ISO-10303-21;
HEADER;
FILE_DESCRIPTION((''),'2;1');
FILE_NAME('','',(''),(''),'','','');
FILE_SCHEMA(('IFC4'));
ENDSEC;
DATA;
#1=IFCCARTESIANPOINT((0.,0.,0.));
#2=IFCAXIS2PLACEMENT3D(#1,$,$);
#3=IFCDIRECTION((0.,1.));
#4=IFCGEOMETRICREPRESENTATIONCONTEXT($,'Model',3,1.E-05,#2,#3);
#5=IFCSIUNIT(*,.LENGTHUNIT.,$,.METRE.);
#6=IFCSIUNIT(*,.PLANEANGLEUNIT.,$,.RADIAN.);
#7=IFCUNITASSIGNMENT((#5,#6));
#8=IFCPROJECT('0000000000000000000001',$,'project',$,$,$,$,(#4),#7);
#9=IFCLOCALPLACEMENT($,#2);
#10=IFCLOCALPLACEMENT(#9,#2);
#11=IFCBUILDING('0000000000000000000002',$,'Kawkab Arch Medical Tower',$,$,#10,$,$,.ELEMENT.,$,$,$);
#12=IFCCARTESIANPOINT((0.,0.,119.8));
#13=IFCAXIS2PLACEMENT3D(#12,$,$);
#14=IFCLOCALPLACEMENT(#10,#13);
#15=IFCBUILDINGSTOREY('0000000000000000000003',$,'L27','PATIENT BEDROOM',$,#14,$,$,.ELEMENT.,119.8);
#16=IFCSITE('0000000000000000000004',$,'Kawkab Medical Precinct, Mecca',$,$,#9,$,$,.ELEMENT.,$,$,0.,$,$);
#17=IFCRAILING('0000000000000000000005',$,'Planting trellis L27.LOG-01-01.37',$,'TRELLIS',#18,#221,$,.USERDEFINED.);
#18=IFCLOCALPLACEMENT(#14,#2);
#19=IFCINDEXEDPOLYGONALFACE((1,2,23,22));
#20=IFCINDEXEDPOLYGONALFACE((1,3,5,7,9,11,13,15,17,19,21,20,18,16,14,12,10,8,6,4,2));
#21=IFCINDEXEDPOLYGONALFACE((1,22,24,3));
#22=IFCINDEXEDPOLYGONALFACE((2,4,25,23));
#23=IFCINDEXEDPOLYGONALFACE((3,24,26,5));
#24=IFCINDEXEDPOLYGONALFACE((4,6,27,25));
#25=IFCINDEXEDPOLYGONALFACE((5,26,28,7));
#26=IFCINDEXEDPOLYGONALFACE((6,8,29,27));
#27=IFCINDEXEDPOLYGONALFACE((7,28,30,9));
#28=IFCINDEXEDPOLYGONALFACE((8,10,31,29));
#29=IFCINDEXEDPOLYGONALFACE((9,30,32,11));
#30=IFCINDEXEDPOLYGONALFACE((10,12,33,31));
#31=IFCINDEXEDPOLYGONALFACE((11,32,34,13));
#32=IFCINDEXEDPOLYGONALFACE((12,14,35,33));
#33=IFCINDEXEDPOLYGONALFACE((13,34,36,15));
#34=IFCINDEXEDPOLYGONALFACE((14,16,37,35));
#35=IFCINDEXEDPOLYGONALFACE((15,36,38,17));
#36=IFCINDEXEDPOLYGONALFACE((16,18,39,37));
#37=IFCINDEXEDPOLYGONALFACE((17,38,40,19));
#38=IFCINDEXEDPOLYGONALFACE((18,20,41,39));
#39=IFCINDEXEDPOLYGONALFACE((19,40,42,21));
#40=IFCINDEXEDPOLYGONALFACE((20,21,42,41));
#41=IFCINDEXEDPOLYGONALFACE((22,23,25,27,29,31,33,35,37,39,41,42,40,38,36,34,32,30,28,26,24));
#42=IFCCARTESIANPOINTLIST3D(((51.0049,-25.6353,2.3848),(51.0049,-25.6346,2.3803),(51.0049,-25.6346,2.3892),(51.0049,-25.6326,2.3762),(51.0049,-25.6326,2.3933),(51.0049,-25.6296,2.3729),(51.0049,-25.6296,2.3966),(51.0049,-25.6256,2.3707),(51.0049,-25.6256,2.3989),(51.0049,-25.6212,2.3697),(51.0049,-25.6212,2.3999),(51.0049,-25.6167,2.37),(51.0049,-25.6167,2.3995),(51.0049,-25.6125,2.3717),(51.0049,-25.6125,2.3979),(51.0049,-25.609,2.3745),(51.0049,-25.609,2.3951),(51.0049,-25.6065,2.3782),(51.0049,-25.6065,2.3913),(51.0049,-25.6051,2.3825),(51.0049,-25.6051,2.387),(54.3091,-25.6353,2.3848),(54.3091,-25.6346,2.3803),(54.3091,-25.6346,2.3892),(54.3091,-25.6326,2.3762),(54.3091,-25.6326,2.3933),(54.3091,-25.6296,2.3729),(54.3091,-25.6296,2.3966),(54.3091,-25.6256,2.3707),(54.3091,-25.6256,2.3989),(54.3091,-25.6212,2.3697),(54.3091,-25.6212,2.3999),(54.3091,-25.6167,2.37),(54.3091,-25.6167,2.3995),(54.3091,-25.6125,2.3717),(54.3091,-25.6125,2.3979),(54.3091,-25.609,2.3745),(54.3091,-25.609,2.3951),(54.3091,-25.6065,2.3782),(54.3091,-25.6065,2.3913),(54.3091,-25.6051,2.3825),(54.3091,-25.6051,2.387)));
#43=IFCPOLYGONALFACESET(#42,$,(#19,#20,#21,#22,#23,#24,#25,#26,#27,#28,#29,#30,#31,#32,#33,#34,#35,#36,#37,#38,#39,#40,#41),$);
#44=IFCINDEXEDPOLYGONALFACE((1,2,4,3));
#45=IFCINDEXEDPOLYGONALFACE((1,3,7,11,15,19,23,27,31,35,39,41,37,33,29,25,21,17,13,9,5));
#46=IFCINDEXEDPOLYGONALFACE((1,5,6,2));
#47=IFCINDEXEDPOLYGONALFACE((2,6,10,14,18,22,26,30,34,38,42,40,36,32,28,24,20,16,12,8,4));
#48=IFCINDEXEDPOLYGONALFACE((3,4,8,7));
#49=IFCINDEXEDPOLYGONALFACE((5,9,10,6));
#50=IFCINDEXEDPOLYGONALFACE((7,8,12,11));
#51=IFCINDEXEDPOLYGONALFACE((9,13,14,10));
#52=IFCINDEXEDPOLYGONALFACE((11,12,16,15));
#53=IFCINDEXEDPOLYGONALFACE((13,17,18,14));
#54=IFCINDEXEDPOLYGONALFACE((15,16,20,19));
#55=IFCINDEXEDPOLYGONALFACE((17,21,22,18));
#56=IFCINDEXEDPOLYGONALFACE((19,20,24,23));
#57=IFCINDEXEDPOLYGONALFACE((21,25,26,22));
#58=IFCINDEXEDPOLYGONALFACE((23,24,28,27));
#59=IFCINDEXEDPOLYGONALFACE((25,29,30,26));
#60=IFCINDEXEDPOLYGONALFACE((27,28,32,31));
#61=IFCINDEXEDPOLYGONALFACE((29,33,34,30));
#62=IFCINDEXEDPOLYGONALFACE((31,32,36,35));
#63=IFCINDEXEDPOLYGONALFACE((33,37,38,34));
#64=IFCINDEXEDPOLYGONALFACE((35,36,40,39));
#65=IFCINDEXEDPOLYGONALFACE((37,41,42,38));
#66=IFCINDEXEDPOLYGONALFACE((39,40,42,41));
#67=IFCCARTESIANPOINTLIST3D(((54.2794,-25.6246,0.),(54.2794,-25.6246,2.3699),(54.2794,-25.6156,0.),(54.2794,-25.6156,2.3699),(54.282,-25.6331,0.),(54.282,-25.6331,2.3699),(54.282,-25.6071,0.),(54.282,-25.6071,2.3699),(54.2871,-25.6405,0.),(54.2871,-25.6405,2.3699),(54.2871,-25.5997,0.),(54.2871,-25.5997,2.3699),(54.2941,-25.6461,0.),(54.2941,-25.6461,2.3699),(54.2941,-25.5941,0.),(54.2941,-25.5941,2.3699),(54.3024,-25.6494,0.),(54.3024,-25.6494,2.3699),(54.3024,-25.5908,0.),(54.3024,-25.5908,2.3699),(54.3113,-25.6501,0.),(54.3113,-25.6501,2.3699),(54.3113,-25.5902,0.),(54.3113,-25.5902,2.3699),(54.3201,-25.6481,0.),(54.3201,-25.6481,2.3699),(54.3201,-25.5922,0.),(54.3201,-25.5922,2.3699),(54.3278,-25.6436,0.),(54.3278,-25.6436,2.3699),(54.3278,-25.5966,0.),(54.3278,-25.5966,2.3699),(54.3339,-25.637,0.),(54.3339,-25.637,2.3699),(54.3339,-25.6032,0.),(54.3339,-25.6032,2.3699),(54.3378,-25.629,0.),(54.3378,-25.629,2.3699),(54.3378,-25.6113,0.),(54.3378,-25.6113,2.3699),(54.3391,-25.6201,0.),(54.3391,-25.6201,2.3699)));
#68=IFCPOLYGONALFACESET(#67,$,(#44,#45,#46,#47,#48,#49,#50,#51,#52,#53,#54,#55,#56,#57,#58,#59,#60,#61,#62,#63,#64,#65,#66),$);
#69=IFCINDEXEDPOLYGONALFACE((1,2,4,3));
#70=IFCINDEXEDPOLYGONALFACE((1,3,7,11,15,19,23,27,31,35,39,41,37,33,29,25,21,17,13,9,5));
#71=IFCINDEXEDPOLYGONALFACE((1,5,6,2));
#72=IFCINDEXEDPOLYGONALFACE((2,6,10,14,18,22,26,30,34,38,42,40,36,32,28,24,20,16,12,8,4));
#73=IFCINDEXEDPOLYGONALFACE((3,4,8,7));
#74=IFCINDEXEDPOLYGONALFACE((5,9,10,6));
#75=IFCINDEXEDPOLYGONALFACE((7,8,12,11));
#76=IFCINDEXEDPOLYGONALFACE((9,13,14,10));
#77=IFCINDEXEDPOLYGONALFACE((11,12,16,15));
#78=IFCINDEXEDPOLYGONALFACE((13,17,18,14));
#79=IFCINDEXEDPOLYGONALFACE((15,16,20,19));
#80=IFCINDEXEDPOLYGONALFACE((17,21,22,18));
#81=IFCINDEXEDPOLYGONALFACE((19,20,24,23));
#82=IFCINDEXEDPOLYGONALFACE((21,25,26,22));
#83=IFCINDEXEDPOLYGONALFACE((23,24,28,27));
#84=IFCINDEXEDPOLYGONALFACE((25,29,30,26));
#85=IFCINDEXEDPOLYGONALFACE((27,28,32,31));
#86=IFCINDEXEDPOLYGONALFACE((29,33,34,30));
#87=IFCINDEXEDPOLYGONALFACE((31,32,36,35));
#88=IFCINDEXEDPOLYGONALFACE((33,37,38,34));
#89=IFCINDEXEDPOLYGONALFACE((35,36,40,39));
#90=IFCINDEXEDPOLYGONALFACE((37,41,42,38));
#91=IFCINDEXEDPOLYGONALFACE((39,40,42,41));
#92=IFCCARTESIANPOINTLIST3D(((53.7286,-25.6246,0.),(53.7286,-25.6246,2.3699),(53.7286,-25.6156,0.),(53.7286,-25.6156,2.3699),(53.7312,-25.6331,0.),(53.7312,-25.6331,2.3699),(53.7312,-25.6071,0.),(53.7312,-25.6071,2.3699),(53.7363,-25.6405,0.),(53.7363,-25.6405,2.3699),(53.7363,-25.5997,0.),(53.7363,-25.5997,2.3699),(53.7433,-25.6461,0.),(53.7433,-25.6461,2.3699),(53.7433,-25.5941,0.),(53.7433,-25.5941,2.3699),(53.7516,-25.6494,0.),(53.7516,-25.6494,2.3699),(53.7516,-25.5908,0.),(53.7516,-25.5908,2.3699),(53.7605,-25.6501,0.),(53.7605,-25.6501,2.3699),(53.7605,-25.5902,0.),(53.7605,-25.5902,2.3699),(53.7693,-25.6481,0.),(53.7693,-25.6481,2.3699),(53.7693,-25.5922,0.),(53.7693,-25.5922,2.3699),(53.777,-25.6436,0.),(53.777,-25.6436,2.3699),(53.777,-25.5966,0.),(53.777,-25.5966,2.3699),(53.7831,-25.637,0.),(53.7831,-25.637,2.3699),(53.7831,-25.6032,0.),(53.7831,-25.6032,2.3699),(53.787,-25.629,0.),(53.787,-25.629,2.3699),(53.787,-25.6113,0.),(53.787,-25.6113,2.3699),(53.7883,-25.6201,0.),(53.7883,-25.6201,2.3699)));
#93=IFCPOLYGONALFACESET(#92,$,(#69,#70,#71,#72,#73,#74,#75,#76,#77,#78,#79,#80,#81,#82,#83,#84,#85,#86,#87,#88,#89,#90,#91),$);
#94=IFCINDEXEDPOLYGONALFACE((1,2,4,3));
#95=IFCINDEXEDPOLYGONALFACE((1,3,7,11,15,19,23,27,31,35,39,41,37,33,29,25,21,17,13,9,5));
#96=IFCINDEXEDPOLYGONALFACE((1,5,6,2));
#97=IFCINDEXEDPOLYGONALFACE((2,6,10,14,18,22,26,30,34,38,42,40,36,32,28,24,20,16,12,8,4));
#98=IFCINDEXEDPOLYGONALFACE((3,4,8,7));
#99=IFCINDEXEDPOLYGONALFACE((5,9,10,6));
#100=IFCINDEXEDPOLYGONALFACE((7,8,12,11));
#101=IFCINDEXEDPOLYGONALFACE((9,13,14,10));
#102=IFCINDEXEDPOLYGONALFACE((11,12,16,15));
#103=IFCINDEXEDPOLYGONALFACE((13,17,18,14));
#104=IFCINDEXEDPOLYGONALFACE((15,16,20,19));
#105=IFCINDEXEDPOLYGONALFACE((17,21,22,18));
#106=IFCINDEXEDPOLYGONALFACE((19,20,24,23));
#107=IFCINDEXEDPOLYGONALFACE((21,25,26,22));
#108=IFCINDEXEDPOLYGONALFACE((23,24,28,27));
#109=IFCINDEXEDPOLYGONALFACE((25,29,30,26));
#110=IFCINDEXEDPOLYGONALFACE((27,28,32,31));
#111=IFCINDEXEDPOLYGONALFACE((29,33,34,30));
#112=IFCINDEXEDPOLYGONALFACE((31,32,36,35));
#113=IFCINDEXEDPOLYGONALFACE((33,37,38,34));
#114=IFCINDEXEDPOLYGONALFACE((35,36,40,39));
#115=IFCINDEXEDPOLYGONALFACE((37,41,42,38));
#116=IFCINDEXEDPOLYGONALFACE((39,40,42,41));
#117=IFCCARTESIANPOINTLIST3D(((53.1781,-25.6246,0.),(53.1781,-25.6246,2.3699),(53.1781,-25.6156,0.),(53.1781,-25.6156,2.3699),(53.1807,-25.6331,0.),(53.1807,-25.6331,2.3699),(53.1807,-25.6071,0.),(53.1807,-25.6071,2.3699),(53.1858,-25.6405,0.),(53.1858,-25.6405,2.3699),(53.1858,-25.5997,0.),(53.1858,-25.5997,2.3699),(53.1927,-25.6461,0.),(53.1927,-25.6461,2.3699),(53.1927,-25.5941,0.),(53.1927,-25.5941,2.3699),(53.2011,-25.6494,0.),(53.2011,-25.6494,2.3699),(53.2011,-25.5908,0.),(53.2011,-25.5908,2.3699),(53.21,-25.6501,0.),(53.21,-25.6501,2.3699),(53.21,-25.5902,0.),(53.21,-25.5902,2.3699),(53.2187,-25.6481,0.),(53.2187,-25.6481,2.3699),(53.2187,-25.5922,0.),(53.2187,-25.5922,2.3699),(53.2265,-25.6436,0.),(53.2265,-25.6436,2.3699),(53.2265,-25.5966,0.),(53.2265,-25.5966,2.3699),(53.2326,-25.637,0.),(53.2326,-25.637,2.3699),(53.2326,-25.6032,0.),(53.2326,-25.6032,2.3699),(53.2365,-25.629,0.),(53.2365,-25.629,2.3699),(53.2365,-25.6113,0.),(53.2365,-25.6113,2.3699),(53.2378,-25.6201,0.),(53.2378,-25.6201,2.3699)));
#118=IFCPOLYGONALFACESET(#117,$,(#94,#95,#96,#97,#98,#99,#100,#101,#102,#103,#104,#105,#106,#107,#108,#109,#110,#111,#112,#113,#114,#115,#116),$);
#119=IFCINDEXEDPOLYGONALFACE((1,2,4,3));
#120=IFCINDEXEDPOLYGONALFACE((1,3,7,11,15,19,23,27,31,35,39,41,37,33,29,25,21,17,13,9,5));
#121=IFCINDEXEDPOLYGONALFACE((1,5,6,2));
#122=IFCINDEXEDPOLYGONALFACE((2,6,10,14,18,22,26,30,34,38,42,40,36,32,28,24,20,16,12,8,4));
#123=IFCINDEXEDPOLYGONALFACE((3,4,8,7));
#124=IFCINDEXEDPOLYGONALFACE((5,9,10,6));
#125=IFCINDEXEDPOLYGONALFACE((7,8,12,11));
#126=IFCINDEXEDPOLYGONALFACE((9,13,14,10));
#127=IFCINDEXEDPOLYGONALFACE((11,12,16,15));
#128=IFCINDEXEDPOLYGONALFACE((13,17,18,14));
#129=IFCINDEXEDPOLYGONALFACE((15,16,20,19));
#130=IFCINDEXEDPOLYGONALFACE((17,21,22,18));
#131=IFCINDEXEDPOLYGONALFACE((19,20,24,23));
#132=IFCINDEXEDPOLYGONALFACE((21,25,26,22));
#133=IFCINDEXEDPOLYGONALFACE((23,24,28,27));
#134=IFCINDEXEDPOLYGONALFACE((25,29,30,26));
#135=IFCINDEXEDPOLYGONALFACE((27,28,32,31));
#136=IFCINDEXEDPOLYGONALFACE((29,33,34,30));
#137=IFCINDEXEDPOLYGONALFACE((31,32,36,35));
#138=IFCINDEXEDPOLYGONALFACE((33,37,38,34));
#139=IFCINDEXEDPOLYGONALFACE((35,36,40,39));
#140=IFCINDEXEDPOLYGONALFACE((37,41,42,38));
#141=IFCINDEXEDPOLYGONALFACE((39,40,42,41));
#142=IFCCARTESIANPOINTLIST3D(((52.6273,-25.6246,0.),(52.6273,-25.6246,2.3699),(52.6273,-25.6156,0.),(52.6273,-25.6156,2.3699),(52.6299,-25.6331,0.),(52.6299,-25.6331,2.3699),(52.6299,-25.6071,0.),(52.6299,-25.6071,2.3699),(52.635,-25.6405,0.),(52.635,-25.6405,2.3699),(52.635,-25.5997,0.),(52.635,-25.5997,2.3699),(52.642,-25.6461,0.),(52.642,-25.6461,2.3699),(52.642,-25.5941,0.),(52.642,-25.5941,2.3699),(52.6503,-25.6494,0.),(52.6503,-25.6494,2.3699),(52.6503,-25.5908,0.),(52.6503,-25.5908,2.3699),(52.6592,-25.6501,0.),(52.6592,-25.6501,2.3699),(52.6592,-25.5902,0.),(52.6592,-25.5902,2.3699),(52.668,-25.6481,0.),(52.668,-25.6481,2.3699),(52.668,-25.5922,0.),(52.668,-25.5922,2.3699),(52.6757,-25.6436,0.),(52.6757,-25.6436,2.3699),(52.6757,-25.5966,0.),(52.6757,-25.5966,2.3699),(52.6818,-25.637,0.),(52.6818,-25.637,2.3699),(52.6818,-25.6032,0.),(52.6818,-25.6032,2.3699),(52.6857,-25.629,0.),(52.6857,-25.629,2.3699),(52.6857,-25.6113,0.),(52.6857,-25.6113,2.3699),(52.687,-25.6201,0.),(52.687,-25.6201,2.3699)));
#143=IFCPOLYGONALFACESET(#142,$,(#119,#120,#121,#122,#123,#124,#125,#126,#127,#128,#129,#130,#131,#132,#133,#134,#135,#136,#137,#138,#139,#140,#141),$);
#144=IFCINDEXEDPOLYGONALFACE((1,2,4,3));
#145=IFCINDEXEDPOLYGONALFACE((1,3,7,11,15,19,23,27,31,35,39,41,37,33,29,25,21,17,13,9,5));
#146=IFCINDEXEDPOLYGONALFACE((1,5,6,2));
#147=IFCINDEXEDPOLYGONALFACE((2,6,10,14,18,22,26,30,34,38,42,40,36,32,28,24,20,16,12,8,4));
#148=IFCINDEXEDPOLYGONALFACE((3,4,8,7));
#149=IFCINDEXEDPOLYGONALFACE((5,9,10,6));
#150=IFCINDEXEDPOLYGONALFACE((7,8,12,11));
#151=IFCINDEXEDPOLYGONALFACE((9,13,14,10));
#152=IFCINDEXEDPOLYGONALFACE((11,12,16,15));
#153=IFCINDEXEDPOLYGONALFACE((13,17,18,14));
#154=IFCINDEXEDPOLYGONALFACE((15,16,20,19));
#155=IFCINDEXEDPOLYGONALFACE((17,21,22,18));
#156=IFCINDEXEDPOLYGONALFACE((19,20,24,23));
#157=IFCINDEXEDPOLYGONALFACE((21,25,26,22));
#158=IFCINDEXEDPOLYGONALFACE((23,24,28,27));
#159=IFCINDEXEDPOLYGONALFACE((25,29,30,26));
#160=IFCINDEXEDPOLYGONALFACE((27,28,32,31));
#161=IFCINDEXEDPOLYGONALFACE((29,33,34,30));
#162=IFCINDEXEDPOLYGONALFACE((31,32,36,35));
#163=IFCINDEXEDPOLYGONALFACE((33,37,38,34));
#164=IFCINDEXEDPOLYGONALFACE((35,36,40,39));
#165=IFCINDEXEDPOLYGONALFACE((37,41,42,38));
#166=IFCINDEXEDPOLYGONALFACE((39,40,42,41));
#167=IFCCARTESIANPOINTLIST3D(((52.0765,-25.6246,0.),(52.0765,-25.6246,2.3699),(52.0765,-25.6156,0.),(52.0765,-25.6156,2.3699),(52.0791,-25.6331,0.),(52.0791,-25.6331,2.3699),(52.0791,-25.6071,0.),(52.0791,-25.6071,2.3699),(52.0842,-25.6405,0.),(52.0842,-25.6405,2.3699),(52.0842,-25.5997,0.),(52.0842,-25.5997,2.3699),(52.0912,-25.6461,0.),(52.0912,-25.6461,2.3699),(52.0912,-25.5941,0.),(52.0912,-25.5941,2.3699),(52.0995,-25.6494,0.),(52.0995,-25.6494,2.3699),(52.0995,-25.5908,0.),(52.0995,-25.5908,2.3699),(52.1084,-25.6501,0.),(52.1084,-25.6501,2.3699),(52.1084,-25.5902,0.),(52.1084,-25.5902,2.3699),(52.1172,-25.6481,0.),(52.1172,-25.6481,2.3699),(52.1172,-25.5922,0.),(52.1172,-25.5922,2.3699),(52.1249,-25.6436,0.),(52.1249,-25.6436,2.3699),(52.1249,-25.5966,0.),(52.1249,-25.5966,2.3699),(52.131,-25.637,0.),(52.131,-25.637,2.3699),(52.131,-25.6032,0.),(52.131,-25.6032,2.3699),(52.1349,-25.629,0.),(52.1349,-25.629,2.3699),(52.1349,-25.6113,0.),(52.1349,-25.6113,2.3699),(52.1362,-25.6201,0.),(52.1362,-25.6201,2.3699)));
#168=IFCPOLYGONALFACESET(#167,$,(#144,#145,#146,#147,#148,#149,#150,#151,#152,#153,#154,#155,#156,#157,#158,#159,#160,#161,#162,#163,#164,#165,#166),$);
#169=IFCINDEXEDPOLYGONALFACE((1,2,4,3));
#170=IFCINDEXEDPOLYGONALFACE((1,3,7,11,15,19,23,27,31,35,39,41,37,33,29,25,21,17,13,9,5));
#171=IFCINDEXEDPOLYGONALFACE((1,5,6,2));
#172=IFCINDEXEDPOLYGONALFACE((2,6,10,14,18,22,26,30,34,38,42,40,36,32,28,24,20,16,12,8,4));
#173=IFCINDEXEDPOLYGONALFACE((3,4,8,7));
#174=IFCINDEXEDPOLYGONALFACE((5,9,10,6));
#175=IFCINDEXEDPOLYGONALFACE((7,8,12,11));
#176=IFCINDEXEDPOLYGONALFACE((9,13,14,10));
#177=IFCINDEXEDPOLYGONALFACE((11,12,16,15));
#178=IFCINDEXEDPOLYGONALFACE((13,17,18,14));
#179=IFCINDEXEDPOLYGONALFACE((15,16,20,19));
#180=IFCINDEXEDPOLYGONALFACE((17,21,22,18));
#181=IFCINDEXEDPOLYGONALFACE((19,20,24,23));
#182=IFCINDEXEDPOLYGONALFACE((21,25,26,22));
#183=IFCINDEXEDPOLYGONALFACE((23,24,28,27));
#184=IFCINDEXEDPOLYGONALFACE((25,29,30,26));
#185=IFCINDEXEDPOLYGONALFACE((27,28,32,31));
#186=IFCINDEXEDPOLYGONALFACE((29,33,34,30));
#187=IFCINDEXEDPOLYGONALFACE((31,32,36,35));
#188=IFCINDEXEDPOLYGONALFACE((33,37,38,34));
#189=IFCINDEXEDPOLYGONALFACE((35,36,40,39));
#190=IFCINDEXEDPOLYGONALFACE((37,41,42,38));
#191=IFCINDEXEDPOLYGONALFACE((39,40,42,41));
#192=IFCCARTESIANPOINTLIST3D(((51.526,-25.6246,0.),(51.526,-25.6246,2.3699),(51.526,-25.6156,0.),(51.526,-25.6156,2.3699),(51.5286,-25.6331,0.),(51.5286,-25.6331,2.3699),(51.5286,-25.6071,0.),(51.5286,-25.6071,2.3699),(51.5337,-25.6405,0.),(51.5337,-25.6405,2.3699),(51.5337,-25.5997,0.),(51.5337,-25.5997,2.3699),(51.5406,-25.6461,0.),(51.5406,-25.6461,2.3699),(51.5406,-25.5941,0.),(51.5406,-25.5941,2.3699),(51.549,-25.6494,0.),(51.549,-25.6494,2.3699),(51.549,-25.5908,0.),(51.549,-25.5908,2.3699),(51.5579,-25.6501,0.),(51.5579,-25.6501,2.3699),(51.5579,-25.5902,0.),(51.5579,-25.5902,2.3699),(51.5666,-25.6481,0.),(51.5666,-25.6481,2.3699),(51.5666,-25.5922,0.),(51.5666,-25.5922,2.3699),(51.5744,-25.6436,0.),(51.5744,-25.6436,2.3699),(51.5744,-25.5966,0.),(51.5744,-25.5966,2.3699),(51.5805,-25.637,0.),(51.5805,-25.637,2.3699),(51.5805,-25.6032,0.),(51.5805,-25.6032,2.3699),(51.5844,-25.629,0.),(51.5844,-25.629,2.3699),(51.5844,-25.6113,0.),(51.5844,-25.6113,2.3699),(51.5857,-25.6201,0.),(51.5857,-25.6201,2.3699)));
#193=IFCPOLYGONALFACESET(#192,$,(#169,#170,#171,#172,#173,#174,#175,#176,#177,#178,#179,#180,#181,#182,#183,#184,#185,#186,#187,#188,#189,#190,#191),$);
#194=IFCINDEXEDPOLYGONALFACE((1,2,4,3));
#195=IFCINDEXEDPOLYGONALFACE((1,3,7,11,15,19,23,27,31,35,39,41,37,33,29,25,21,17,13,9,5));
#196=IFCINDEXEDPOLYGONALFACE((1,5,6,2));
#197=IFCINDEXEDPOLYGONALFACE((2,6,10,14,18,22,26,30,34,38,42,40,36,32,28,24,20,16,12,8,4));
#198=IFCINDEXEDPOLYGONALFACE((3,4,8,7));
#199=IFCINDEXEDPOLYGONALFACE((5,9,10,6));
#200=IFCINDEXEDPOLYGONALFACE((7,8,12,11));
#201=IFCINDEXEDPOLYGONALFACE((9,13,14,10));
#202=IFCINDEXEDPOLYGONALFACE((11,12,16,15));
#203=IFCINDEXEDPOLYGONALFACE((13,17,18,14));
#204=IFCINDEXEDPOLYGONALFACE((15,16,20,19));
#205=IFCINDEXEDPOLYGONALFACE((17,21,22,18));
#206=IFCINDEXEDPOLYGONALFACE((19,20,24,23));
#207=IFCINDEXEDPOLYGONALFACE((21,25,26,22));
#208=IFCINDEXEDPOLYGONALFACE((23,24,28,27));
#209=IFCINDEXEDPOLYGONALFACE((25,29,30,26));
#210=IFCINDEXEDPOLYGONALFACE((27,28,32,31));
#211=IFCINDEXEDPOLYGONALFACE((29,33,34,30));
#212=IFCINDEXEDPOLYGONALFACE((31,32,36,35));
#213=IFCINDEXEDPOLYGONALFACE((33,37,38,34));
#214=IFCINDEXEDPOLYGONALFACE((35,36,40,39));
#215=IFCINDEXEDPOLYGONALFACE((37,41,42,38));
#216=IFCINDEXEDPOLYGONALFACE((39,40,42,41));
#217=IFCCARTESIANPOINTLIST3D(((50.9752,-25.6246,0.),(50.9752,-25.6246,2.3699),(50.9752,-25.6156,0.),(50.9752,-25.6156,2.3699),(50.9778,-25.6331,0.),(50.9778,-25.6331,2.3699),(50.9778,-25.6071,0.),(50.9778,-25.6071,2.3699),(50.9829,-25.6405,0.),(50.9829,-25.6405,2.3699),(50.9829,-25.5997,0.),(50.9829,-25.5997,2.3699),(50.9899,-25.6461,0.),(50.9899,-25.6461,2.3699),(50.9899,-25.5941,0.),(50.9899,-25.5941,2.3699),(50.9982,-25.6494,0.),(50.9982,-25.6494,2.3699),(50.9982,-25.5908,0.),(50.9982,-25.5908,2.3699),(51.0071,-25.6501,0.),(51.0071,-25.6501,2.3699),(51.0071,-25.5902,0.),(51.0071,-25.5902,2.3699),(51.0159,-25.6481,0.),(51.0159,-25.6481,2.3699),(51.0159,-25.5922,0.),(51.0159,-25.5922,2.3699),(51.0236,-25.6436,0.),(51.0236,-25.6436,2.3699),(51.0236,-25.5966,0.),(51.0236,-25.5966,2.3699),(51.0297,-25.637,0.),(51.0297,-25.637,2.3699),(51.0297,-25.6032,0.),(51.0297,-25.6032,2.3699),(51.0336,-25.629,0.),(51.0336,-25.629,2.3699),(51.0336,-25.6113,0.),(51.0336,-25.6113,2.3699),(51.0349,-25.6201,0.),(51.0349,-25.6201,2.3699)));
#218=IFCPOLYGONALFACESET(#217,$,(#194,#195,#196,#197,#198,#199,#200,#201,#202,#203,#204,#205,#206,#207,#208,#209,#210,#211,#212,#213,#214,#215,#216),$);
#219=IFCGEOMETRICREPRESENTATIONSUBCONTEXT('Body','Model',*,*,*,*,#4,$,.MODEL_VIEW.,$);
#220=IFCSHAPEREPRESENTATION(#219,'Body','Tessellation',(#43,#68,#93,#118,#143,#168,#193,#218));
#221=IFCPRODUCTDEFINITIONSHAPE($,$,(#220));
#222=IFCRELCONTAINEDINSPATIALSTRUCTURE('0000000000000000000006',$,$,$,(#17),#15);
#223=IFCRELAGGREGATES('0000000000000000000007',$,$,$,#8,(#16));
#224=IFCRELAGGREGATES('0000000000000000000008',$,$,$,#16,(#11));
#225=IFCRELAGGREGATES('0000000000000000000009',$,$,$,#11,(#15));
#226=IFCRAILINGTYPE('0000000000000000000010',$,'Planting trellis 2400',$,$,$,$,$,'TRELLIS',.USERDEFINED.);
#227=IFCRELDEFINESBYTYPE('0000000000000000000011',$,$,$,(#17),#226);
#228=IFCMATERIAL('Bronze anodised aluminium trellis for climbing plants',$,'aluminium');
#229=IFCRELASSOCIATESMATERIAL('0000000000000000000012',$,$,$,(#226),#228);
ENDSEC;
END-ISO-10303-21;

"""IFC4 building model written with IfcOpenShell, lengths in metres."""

from ifc_helpers import new_model, si_unit, direction, frame, origin, origin_2d, place, context, subcontext, project, spatial, circle, extrude, material, type_object, element, save


model = new_model("IFC4")

# Units and contexts
model_context = context("Model", 3, precision=1e-05, world=origin(), true_north=direction((0.0, 1.0)))
body_context = subcontext(model_context, "Body", "Model", "MODEL_VIEW")
ifc_project = project(units=[si_unit("LENGTHUNIT", "METRE"), si_unit("PLANEANGLEUNIT", "RADIAN")], contexts=[model_context])

# Site, building, storey
site_placement = place(None, origin())
site = spatial("IfcSite", under=ifc_project, at=site_placement, Name="Kawkab Medical Precinct, Mecca", CompositionType="ELEMENT", RefElevation=0.0)
building_placement = place(site_placement, origin())
building = spatial("IfcBuilding", under=site, at=building_placement, Name="Kawkab Arch Medical Tower", CompositionType="ELEMENT")
storey_placement = place(building_placement, frame((0.0, 0.0, 119.8)))
storey = spatial("IfcBuildingStorey", under=building, at=storey_placement, Name="L27", Description="PATIENT BEDROOM", CompositionType="ELEMENT", Elevation=119.8)

# Railing
ifc_material_1 = material(Name="Bronze anodised aluminium trellis for climbing plants", Category="aluminium")
railing_type = type_object("IfcRailingType", Name="Planting trellis 2400", ElementType="TRELLIS", PredefinedType="USERDEFINED", material=ifc_material_1)
railing_1_placement = place(storey_placement, frame((54.3091, -25.6201, 0.0)))
element("IfcRailing", 1, at=railing_1_placement, inside=storey, type_object=railing_type, Name="Planting trellis L27.LOG-01-01.37", ObjectType="TRELLIS", PredefinedType="USERDEFINED", context=body_context, shape_type="SweptSolid", body=[
    extrude(circle(Radius=0.0151, at=origin_2d()), frame((0.0, 0.0, 2.3848), z_axis=(-1.0, 0.0, 0.0), x_axis=(0.0, -1.0, 0.0)), (0.0, 0.0, 1.0), 3.3042),
    extrude(circle(Radius=0.03, at=origin_2d()), origin(), (0.0, 0.0, 1.0), 2.3699),
    extrude(circle(Radius=0.03, at=origin_2d()), frame((-0.5508, 0.0, 0.0)), (0.0, 0.0, 1.0), 2.3699),
    extrude(circle(Radius=0.03, at=origin_2d()), frame((-1.1013, 0.0, 0.0)), (0.0, 0.0, 1.0), 2.3699),
    extrude(circle(Radius=0.03, at=origin_2d()), frame((-1.6521, 0.0, 0.0)), (0.0, 0.0, 1.0), 2.3699),
    extrude(circle(Radius=0.03, at=origin_2d()), frame((-2.2029, 0.0, 0.0)), (0.0, 0.0, 1.0), 2.3699),
    extrude(circle(Radius=0.03, at=origin_2d()), frame((-2.7534, 0.0, 0.0)), (0.0, 0.0, 1.0), 2.3699),
    extrude(circle(Radius=0.03, at=origin_2d()), frame((-3.3042, 0.0, 0.0)), (0.0, 0.0, 1.0), 2.3699),
])

save(model, "model.ifc")
